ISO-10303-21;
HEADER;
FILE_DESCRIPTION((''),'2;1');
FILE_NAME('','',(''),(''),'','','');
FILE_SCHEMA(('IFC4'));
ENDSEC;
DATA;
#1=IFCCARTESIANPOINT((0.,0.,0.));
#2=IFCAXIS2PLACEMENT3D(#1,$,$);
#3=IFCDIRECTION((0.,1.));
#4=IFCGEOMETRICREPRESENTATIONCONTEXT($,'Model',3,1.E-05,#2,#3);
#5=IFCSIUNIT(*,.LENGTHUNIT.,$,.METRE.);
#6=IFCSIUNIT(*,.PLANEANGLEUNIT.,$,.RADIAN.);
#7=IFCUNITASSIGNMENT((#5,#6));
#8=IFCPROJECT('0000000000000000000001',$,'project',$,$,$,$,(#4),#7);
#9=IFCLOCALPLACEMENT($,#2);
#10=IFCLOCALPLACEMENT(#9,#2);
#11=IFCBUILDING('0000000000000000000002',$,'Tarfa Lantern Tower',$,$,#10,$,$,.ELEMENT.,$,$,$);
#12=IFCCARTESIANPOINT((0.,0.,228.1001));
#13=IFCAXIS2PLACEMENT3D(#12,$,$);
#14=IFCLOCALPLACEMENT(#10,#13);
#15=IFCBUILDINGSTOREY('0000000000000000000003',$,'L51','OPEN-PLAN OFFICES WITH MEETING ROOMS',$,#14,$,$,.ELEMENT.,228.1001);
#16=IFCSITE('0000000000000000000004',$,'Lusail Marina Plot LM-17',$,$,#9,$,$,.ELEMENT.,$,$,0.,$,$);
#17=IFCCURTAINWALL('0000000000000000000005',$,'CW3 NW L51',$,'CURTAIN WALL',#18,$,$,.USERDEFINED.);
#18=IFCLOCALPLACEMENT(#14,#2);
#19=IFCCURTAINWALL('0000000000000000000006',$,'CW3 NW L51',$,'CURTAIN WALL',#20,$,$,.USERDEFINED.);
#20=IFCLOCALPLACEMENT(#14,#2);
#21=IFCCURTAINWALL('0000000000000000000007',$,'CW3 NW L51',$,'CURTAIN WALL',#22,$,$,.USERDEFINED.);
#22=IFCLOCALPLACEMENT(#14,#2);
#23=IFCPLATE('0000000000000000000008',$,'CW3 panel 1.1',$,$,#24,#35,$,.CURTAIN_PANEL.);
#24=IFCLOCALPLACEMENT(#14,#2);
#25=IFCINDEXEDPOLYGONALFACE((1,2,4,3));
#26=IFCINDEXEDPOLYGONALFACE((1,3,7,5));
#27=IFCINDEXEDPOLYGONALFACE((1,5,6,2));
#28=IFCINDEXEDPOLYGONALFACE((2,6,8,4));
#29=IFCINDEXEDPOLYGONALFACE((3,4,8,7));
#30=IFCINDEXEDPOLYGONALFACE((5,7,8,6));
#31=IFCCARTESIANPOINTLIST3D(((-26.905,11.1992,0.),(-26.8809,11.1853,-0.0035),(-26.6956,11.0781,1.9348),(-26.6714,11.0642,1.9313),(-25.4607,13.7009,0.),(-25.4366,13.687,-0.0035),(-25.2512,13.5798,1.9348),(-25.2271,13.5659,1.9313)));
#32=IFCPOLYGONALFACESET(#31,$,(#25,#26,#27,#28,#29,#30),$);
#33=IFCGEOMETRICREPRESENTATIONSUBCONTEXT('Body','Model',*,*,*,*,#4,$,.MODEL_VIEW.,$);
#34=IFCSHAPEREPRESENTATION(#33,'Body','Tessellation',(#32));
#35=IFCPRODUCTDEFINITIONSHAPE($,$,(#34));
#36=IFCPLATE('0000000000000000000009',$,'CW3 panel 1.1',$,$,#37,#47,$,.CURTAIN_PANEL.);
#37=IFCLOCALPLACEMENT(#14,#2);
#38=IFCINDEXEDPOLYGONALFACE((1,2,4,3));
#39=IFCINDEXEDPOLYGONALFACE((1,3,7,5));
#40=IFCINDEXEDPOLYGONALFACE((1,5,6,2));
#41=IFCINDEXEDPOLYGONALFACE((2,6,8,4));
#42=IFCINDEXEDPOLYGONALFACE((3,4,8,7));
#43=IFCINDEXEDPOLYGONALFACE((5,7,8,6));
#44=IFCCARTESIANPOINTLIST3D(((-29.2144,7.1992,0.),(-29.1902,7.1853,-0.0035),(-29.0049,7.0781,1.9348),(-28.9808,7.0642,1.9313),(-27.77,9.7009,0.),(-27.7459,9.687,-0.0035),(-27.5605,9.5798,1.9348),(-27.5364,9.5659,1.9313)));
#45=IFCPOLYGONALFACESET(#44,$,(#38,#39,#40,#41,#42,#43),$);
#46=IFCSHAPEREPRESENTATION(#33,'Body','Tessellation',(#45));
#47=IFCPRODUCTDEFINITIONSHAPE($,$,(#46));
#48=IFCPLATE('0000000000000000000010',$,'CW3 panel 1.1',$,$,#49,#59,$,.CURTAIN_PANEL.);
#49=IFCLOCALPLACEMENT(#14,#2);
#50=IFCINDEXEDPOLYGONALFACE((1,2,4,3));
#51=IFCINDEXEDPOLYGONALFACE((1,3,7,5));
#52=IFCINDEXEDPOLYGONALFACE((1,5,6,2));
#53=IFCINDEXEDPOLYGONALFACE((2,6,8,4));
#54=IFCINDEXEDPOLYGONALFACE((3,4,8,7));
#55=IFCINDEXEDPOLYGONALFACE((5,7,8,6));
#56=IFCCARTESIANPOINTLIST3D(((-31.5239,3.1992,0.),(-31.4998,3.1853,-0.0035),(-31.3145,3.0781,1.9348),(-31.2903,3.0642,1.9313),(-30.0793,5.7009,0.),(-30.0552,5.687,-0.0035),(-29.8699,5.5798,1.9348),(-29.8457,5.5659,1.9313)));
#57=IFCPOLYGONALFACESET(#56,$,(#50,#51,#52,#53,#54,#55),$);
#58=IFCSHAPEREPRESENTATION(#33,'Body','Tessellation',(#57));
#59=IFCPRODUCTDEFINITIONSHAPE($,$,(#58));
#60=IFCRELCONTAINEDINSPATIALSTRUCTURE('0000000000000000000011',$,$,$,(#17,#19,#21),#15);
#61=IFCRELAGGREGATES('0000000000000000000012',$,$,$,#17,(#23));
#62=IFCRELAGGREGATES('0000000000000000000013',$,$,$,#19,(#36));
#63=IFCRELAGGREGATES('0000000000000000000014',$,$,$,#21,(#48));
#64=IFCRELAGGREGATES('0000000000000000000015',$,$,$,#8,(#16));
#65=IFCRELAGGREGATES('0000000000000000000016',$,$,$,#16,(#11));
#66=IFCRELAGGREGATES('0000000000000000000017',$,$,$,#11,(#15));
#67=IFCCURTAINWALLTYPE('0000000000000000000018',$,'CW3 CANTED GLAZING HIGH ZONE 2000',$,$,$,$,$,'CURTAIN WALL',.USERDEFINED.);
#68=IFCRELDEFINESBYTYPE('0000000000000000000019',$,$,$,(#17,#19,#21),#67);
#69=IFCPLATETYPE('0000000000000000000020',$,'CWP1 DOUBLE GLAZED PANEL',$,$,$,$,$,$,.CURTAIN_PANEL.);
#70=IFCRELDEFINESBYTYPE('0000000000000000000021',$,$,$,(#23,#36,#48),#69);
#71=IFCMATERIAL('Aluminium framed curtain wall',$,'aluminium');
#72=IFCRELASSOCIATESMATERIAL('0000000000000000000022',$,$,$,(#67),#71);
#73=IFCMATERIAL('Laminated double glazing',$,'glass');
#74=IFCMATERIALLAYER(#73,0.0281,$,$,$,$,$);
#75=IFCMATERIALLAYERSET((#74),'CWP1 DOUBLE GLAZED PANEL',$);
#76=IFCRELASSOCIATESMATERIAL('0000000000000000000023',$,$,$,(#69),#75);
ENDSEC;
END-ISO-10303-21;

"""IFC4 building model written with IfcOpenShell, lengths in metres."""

from ifc_helpers import new_model, si_unit, direction, frame, origin, place, context, subcontext, project, spatial, polyline, outline, extrude, material, layer, layer_set, type_object, element, aggregate, save


model = new_model("IFC4")

# Units and contexts
model_context = context("Model", 3, precision=1e-05, world=origin(), true_north=direction((0.0, 1.0)))
body_context = subcontext(model_context, "Body", "Model", "MODEL_VIEW")
ifc_project = project(units=[si_unit("LENGTHUNIT", "METRE"), si_unit("PLANEANGLEUNIT", "RADIAN")], contexts=[model_context])

# Site, building, storey
site_placement = place(None, origin())
site = spatial("IfcSite", under=ifc_project, at=site_placement, Name="Lusail Marina Plot LM-17", CompositionType="ELEMENT", RefElevation=0.0)
building_placement = place(site_placement, origin())
building = spatial("IfcBuilding", under=site, at=building_placement, Name="Tarfa Lantern Tower", CompositionType="ELEMENT")
storey_placement = place(building_placement, frame((0.0, 0.0, 228.1001)))
storey = spatial("IfcBuildingStorey", under=building, at=storey_placement, Name="L51", Description="OPEN-PLAN OFFICES WITH MEETING ROOMS", CompositionType="ELEMENT", Elevation=228.1001)

# Curtain wall
ifc_material_1 = material(Name="Aluminium framed curtain wall", Category="aluminium")
curtain_wall_type = type_object("IfcCurtainWallType", Name="CW3 CANTED GLAZING HIGH ZONE 2000", ElementType="CURTAIN WALL", PredefinedType="USERDEFINED", material=ifc_material_1)
curtain_wall_1_placement = place(storey_placement, origin())
curtain_wall_1 = element("IfcCurtainWall", 1, at=curtain_wall_1_placement, inside=storey, type_object=curtain_wall_type, Name="CW3 NW L51", ObjectType="CURTAIN WALL", PredefinedType="USERDEFINED")

# Curtain walls
curtain_wall_2_placement = place(storey_placement, origin())
curtain_wall_2 = element("IfcCurtainWall", 2, at=curtain_wall_2_placement, inside=storey, type_object=curtain_wall_type, Name="CW3 NW L51", ObjectType="CURTAIN WALL", PredefinedType="USERDEFINED")
curtain_wall_3_placement = place(storey_placement, origin())
curtain_wall_3 = element("IfcCurtainWall", 3, at=curtain_wall_3_placement, inside=storey, type_object=curtain_wall_type, Name="CW3 NW L51", ObjectType="CURTAIN WALL", PredefinedType="USERDEFINED")

# Plates
ifc_material_2 = material(Name="Laminated double glazing", Category="glass")
ifc_layer = layer(ifc_material_2, 0.0281)
ifc_layer_set = layer_set([ifc_layer], Name="CWP1 DOUBLE GLAZED PANEL")
plate_type = type_object("IfcPlateType", Name="CWP1 DOUBLE GLAZED PANEL", PredefinedType="CURTAIN_PANEL", material=ifc_layer_set)
plate_1_placement = place(storey_placement, frame((-25.4607, 13.7009, 0.0), z_axis=(-0.859336, 0.496129, 0.124087), x_axis=(-0.499993, -0.866029, 0.0)))
plate_1 = element("IfcPlate", 4, at=plate_1_placement, type_object=plate_type, Name="CW3 panel 1.1", PredefinedType="CURTAIN_PANEL", context=body_context, shape_type="SweptSolid", body=[
    extrude(outline(polyline([(0.0, 0.0), (2.8887, 0.0), (2.8888, 1.9499), (0.0001, 1.9499), (0.0, 0.0)])), origin(), (0.0, 0.0, -1.0), 0.0281),
])
aggregate(curtain_wall_1, [plate_1])
plate_2_placement = place(storey_placement, frame((-27.77, 9.7009, 0.0), z_axis=(-0.859336, 0.496129, 0.124087), x_axis=(-0.499993, -0.866029, 0.0)))
plate_2 = element("IfcPlate", 5, at=plate_2_placement, type_object=plate_type, Name="CW3 panel 1.1", PredefinedType="CURTAIN_PANEL", context=body_context, shape_type="SweptSolid", body=[
    extrude(outline(polyline([(0.0, 0.0), (2.8887, 0.0), (2.8888, 1.9499), (0.0001, 1.9499), (0.0, 0.0)])), origin(), (0.0, 0.0, -1.0), 0.0281),
])
aggregate(curtain_wall_2, [plate_2])
plate_3_placement = place(storey_placement, frame((-30.0793, 5.7009, 0.0), z_axis=(-0.8593, 0.496192, 0.124087), x_axis=(-0.500057, -0.865993, 0.0)))
plate_3 = element("IfcPlate", 6, at=plate_3_placement, type_object=plate_type, Name="CW3 panel 1.1", PredefinedType="CURTAIN_PANEL", context=body_context, shape_type="SweptSolid", body=[
    extrude(outline(polyline([(0.0, 0.0), (2.8888, 0.0), (2.889, 1.9499), (0.0001, 1.9499), (0.0, 0.0)])), origin(), (0.0, 0.0, -1.0), 0.0281),
])
aggregate(curtain_wall_3, [plate_3])

save(model, "model.ifc")
